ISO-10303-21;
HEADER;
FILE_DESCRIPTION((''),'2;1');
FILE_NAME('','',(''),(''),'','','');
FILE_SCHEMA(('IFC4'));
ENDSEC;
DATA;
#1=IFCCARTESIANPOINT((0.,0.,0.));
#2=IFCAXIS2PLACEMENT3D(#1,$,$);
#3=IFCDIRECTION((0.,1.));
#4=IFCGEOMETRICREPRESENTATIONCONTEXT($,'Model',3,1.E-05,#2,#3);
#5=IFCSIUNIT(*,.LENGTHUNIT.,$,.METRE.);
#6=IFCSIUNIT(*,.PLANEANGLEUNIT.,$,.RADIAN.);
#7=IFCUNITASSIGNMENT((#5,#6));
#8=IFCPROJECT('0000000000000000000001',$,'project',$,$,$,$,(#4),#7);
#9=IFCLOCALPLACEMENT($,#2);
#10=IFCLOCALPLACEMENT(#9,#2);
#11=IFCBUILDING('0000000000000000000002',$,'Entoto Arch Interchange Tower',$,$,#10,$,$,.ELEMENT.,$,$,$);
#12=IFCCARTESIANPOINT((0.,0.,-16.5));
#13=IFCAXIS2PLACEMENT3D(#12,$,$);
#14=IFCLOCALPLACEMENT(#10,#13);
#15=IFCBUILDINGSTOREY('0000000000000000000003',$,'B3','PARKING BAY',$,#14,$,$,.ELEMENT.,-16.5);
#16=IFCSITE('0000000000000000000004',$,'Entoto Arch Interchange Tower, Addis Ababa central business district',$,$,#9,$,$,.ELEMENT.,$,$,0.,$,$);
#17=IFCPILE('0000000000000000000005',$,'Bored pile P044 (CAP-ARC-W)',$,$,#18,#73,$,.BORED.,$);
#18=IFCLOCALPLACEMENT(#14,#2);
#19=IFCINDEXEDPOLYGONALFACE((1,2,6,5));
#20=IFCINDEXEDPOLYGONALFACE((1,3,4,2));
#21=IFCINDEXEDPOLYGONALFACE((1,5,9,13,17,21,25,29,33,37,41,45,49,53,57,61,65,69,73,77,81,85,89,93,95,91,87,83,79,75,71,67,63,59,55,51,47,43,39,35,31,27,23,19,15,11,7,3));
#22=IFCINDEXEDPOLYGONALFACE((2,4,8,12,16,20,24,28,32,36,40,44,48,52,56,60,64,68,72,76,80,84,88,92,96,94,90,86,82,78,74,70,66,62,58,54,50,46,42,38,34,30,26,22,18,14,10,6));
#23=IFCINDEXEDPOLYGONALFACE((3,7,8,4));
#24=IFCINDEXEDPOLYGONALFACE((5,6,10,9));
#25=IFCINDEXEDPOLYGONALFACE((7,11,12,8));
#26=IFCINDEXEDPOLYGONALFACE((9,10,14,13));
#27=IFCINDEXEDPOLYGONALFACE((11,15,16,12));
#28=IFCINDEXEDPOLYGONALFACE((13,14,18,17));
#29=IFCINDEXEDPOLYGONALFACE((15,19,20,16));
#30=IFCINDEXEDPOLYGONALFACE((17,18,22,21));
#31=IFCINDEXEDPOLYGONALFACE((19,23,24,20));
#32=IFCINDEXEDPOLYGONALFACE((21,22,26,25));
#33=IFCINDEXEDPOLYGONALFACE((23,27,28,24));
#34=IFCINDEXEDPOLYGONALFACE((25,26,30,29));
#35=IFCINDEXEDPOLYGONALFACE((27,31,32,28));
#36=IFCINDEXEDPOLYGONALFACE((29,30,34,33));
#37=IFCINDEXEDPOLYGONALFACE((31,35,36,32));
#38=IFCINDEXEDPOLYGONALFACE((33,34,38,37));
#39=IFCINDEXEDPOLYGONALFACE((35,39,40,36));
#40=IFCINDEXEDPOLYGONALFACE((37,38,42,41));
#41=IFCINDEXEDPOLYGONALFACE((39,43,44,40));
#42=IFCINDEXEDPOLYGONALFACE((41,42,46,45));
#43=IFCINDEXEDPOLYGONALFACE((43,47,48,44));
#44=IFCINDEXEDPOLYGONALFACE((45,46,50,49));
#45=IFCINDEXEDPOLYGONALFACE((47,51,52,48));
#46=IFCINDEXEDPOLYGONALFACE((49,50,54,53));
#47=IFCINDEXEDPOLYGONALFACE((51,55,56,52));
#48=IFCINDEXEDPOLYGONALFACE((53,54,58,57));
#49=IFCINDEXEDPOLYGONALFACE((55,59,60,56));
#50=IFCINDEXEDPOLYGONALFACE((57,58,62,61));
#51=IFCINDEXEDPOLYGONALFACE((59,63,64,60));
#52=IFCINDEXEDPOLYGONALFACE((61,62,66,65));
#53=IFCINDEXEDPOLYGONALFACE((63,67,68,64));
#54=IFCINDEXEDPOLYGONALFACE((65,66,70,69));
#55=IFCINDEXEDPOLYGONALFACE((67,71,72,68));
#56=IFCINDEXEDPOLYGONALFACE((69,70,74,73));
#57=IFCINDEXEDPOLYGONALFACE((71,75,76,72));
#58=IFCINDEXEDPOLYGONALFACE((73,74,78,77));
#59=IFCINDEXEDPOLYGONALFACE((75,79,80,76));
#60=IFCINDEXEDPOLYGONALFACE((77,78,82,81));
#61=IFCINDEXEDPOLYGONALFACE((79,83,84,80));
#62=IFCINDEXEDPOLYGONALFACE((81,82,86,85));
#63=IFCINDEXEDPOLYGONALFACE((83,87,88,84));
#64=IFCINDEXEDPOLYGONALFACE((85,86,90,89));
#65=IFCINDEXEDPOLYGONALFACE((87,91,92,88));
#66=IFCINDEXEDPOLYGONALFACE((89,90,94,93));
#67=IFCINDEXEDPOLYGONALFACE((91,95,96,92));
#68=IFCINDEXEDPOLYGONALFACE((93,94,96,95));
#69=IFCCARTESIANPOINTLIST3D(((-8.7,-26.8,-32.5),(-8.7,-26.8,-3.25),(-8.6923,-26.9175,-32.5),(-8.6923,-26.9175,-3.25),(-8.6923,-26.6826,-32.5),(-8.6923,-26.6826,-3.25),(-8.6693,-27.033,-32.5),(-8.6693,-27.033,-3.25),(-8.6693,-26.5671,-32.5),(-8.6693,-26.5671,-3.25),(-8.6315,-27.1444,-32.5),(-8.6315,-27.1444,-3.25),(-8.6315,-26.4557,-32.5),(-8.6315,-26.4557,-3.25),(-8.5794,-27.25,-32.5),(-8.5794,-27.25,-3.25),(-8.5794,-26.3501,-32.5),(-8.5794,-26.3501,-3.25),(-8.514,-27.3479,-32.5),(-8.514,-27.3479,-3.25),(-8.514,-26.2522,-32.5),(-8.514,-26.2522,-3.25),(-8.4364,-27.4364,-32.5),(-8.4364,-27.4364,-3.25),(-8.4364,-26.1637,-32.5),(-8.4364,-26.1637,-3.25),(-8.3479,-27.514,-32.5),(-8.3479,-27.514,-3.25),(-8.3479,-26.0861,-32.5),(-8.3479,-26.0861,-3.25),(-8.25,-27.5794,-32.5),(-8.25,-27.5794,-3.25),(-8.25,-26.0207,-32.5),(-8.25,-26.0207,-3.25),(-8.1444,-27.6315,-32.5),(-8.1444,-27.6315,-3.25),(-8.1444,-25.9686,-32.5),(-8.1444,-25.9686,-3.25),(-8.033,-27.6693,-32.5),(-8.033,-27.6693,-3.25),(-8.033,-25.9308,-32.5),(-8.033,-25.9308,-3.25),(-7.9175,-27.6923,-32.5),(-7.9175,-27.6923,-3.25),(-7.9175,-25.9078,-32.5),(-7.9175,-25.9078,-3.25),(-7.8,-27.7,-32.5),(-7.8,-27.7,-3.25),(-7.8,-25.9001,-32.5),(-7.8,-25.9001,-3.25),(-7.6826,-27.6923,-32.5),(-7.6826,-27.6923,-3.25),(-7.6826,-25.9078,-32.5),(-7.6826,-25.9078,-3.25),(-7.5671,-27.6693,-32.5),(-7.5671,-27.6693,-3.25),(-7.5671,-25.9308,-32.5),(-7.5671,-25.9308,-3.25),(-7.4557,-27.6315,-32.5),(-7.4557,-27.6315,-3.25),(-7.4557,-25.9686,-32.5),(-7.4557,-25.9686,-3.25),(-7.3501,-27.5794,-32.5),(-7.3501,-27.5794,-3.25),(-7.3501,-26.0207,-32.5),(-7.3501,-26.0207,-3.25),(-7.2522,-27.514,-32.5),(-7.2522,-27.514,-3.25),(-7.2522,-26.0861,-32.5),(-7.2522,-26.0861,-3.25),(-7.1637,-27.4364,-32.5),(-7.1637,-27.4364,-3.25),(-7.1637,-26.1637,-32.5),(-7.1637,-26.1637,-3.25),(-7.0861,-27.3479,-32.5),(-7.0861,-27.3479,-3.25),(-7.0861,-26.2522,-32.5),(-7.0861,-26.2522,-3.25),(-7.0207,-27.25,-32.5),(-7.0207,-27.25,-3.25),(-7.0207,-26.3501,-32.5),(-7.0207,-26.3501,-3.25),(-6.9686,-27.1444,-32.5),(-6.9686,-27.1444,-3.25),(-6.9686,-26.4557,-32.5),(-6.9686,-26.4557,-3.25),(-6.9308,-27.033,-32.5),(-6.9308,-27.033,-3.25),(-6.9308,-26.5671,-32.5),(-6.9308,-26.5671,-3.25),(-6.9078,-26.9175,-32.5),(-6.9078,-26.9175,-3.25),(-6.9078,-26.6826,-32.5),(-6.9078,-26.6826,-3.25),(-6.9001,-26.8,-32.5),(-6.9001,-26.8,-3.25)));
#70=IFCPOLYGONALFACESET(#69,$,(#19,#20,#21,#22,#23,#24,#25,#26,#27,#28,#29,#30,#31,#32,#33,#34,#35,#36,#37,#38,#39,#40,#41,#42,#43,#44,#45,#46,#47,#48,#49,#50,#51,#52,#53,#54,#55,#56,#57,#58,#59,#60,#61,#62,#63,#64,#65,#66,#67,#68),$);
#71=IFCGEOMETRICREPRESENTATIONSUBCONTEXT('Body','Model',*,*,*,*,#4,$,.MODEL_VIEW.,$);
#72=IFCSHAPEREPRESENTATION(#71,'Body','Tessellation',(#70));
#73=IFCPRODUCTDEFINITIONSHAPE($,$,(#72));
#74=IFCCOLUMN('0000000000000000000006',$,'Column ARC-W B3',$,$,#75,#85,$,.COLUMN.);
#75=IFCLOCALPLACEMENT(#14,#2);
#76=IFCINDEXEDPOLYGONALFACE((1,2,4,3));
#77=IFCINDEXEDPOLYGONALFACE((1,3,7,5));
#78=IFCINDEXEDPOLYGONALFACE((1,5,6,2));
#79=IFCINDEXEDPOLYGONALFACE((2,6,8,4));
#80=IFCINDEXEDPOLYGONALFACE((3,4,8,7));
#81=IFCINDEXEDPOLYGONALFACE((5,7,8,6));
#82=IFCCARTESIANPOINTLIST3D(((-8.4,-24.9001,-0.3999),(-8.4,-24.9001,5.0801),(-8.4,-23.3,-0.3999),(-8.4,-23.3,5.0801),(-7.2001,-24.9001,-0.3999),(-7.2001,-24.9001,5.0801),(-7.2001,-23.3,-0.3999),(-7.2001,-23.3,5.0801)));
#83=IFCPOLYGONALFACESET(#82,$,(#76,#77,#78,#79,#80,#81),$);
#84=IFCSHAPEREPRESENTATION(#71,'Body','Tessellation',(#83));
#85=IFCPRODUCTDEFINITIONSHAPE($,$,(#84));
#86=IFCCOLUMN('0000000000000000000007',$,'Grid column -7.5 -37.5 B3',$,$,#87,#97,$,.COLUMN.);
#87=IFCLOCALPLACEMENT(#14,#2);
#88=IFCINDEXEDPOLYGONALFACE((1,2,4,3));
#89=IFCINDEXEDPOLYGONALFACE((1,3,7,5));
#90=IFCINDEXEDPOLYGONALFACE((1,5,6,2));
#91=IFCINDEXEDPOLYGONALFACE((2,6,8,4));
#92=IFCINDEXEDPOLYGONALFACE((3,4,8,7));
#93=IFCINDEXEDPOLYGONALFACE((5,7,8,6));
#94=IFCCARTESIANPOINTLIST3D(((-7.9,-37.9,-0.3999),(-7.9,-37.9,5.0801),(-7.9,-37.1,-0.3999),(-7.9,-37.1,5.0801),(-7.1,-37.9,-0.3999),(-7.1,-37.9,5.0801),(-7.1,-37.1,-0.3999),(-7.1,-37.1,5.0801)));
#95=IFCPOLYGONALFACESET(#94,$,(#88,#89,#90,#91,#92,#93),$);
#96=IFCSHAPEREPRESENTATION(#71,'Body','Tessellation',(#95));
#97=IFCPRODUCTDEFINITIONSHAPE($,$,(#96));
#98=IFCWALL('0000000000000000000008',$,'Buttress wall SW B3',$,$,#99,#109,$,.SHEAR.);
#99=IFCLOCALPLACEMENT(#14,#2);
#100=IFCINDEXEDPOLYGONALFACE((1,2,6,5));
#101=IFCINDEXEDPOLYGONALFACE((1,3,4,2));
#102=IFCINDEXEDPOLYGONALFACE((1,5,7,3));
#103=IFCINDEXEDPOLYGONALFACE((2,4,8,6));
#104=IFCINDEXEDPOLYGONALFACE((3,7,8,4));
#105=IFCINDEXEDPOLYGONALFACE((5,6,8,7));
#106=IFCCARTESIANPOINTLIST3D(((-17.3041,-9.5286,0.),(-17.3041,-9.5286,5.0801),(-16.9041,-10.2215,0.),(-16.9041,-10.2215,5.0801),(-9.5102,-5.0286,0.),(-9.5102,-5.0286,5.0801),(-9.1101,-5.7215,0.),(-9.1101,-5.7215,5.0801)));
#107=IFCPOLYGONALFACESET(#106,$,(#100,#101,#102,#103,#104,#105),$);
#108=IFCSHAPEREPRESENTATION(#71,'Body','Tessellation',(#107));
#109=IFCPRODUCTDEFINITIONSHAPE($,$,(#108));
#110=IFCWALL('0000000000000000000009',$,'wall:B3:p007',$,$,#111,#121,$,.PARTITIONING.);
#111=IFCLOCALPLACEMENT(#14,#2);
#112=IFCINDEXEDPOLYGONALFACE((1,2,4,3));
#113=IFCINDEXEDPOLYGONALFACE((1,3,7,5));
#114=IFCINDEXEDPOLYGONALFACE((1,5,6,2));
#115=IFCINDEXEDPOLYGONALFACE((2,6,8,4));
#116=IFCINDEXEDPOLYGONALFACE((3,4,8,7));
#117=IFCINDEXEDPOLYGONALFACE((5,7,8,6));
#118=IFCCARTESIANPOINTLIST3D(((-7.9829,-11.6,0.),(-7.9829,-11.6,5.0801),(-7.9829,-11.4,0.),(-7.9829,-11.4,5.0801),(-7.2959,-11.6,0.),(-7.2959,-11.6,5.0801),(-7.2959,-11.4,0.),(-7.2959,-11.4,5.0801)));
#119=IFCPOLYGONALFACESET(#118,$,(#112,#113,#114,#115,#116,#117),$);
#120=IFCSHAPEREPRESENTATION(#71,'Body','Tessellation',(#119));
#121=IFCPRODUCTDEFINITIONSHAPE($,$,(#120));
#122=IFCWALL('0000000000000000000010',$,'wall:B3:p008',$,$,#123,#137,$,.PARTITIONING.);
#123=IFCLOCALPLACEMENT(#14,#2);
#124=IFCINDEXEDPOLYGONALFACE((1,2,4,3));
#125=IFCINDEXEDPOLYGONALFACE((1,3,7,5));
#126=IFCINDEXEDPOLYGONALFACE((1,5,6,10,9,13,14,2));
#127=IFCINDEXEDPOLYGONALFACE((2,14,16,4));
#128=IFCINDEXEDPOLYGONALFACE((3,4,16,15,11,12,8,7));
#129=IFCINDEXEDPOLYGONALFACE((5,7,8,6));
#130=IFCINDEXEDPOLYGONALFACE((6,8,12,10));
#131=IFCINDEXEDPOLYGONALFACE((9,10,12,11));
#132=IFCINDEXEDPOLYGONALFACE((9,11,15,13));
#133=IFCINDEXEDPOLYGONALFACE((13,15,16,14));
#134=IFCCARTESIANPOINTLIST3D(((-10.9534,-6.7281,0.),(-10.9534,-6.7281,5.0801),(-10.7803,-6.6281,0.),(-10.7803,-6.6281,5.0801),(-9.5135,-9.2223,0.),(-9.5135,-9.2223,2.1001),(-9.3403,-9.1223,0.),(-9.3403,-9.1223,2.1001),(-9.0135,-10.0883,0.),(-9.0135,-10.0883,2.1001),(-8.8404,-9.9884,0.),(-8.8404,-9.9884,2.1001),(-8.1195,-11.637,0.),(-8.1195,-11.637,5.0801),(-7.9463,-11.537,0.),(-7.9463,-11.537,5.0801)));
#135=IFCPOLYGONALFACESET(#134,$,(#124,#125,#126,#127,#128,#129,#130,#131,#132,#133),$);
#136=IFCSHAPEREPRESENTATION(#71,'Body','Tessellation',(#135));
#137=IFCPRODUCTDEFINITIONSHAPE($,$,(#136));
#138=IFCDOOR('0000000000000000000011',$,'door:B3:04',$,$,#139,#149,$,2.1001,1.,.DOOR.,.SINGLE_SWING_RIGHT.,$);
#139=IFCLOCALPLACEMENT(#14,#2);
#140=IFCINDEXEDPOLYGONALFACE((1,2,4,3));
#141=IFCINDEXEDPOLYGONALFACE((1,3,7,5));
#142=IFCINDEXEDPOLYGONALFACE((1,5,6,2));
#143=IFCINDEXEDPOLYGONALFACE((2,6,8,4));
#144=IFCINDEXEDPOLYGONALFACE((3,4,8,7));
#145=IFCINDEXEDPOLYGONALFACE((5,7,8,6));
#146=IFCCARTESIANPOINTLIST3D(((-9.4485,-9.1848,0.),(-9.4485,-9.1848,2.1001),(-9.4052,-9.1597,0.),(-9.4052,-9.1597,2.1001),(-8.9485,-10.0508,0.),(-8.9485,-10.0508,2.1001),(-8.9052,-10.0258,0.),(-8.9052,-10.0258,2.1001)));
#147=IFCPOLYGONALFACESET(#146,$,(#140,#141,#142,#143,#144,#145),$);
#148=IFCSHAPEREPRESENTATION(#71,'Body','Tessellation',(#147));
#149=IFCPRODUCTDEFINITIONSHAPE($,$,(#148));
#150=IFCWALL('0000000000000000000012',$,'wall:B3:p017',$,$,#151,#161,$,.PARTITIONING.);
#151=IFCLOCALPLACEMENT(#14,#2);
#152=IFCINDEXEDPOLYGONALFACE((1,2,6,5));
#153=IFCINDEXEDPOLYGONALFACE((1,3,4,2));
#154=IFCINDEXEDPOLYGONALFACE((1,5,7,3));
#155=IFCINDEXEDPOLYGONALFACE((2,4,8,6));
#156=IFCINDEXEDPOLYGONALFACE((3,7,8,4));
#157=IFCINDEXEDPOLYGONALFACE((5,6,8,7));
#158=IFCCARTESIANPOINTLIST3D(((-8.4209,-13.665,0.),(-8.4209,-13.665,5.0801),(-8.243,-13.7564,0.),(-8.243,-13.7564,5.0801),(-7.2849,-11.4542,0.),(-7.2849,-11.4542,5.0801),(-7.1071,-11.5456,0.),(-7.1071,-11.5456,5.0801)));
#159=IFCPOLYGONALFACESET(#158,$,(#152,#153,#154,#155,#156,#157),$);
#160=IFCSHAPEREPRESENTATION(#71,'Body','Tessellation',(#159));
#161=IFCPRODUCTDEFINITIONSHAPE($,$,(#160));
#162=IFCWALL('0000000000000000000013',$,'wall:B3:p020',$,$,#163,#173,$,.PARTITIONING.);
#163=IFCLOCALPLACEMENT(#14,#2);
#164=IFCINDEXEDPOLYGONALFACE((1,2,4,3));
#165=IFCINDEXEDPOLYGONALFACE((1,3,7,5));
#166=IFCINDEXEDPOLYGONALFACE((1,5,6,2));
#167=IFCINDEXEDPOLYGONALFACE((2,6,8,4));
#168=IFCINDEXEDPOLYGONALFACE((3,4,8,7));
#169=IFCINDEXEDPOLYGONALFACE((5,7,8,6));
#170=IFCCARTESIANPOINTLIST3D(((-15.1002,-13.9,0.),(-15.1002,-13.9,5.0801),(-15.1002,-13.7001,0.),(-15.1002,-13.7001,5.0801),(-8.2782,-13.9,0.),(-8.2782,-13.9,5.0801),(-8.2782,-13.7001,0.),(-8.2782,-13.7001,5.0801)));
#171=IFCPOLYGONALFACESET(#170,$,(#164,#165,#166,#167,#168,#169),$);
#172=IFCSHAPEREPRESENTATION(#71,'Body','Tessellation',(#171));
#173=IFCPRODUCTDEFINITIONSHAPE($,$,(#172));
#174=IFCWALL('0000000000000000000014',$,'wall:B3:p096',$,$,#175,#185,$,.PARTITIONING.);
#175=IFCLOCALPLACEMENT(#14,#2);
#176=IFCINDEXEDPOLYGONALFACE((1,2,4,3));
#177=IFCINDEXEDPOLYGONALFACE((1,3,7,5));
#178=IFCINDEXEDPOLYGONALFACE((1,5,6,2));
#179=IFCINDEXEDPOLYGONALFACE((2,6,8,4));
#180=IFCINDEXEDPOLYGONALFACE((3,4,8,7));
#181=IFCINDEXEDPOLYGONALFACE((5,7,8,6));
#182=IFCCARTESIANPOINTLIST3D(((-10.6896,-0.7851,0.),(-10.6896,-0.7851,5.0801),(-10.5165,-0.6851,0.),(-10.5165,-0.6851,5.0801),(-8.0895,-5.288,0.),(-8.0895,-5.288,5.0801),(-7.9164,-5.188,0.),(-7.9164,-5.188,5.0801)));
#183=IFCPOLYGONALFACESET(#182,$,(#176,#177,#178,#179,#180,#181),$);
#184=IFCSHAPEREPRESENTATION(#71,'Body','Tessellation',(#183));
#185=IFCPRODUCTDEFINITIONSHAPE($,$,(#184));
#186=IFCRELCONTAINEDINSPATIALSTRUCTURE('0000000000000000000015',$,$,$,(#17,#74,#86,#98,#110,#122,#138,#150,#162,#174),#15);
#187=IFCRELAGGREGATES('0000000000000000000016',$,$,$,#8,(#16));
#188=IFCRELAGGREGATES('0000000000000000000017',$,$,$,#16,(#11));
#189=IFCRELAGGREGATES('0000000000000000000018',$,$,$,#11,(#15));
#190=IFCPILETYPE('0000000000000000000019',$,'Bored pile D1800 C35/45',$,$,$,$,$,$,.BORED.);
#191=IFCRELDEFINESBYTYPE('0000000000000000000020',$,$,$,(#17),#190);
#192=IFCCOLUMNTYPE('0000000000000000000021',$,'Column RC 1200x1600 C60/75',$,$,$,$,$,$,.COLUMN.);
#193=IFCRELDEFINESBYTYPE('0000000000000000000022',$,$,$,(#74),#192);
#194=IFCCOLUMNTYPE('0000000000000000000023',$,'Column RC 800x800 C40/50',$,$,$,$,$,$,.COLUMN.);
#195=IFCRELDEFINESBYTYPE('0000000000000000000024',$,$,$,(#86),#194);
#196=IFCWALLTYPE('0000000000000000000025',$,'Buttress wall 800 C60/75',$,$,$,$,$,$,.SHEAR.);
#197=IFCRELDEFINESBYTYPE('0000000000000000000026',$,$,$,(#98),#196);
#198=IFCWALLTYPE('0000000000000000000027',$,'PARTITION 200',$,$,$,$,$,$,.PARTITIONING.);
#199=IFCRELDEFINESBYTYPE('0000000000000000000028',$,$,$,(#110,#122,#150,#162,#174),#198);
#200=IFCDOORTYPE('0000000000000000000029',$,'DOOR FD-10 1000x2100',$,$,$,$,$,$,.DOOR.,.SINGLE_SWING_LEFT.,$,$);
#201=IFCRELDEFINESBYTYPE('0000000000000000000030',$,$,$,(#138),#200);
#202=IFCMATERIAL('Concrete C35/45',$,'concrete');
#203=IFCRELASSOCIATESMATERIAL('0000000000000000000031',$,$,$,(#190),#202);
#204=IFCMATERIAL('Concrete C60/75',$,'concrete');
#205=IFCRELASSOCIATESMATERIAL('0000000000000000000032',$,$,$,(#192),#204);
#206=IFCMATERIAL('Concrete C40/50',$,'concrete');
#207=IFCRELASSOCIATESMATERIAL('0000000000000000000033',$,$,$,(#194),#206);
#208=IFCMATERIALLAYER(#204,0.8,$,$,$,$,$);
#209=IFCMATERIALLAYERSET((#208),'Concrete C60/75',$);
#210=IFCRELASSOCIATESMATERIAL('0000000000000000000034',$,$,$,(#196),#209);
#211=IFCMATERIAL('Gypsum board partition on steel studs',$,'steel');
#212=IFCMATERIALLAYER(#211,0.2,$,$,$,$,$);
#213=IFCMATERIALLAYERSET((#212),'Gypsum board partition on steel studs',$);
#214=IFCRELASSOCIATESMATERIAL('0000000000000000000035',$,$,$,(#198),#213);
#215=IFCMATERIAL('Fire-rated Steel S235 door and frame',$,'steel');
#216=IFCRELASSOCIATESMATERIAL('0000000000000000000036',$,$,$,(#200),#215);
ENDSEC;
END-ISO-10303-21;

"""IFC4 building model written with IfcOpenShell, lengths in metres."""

from ifc_helpers import new_model, si_unit, direction, frame, frame_2d, origin, origin_2d, place, context, subcontext, project, spatial, rectangle, circle, extrude, material, layer, layer_set, material_profile, profile_set, type_object, element, fill, save


model = new_model("IFC4")

# Units and contexts
model_context = context("Model", 3, precision=1e-05, world=origin(), true_north=direction((0.0, 1.0)))
body_context = subcontext(model_context, "Body", "Model", "MODEL_VIEW")
ifc_project = project(units=[si_unit("LENGTHUNIT", "METRE"), si_unit("PLANEANGLEUNIT", "RADIAN")], contexts=[model_context])

# Site, building, storey
site_placement = place(None, origin())
site = spatial("IfcSite", under=ifc_project, at=site_placement, Name="Entoto Arch Interchange Tower, Addis Ababa central business district", CompositionType="ELEMENT", RefElevation=0.0)
building_placement = place(site_placement, origin())
building = spatial("IfcBuilding", under=site, at=building_placement, Name="Entoto Arch Interchange Tower", CompositionType="ELEMENT")
storey_placement = place(building_placement, frame((0.0, 0.0, -16.5)))
storey = spatial("IfcBuildingStorey", under=building, at=storey_placement, Name="B3", Description="PARKING BAY", CompositionType="ELEMENT", Elevation=-16.5)

# Pile
ifc_material_1 = material(Name="Concrete C35/45", Category="concrete")
ifc_material_profile_1 = material_profile(ifc_material_1, circle(Radius=0.8999, at=origin_2d()))
ifc_profile_set_1 = profile_set([ifc_material_profile_1], Name="Concrete C35/45")
pile_type = type_object("IfcPileType", Name="Bored pile D1800 C35/45", PredefinedType="BORED", material=ifc_profile_set_1)
for number, where, z_axis, x_axis, name in (
    (1, (-7.8, -26.8, -3.25), (0.0, 0.0, -1.0), (1.0, 0.0, 0.0), "Bored pile P044 (CAP-ARC-W)"),
):
    element("IfcPile", number, at=place(storey_placement, frame(where, z_axis=z_axis, x_axis=x_axis)), inside=storey, type_object=pile_type, Name=name, PredefinedType="BORED", context=body_context, shape_type="SweptSolid", body=[
        extrude(circle(Radius=0.8999, at=origin_2d()), origin(), (0.0, 0.0, 1.0), 29.25),
    ])

# Columns
ifc_material_2 = material(Name="Concrete C60/75", Category="concrete")
ifc_material_profile_2 = material_profile(ifc_material_2, rectangle(XDim=1.2, YDim=1.6001, at=origin_2d()))
ifc_profile_set_2 = profile_set([ifc_material_profile_2], Name="Concrete C60/75")
column_type_1 = type_object("IfcColumnType", Name="Column RC 1200x1600 C60/75", PredefinedType="COLUMN", material=ifc_profile_set_2)
column_1_placement = place(storey_placement, frame((-7.8, -24.1001, -0.3999), z_axis=(0.0, 0.0, 1.0), x_axis=(1.0, 0.0, 0.0)))
element("IfcColumn", 2, at=column_1_placement, inside=storey, type_object=column_type_1, Name="Column ARC-W B3", PredefinedType="COLUMN", context=body_context, shape_type="SweptSolid", body=[
    extrude(rectangle(XDim=1.2, YDim=1.6001, at=origin_2d()), origin(), (0.0, 0.0, 1.0), 5.48),
])
ifc_material_3 = material(Name="Concrete C40/50", Category="concrete")
ifc_material_profile_3 = material_profile(ifc_material_3, rectangle(XDim=0.8, YDim=0.8, at=origin_2d()))
ifc_profile_set_3 = profile_set([ifc_material_profile_3], Name="Concrete C40/50")
column_type_2 = type_object("IfcColumnType", Name="Column RC 800x800 C40/50", PredefinedType="COLUMN", material=ifc_profile_set_3)
column_2_placement = place(storey_placement, frame((-7.5, -37.5, -0.3999), z_axis=(0.0, 0.0, 1.0), x_axis=(1.0, 0.0, 0.0)))
element("IfcColumn", 3, at=column_2_placement, inside=storey, type_object=column_type_2, Name="Grid column -7.5 -37.5 B3", PredefinedType="COLUMN", context=body_context, shape_type="SweptSolid", body=[
    extrude(rectangle(XDim=0.8, YDim=0.8, at=origin_2d()), origin(), (0.0, 0.0, 1.0), 5.48),
])

# Walls
ifc_layer_1 = layer(ifc_material_2, 0.8)
ifc_layer_set_1 = layer_set([ifc_layer_1], Name="Concrete C60/75")
wall_type_1 = type_object("IfcWallType", Name="Buttress wall 800 C60/75", PredefinedType="SHEAR", material=ifc_layer_set_1)
wall_1_placement = place(storey_placement, frame((-9.3101, -5.375, 0.0), z_axis=(0.0, 0.0, 1.0), x_axis=(-0.866018, -0.500014, 0.0)))
element("IfcWall", 4, at=wall_1_placement, inside=storey, type_object=wall_type_1, Name="Buttress wall SW B3", PredefinedType="SHEAR", context=body_context, shape_type="SweptSolid", body=[
    extrude(rectangle(XDim=8.9998, YDim=0.8, at=frame_2d((4.5, 0.0))), origin(), (0.0, 0.0, 1.0), 5.0801),
])
ifc_material_4 = material(Name="Gypsum board partition on steel studs", Category="steel")
ifc_layer_2 = layer(ifc_material_4, 0.2)
ifc_layer_set_2 = layer_set([ifc_layer_2], Name="Gypsum board partition on steel studs")
wall_type_2 = type_object("IfcWallType", Name="PARTITION 200", PredefinedType="PARTITIONING", material=ifc_layer_set_2)
wall_2_placement = place(storey_placement, frame((-7.2959, -11.5, 0.0), z_axis=(0.0, 0.0, 1.0), x_axis=(-1.0, 0.0, 0.0)))
element("IfcWall", 5, at=wall_2_placement, inside=storey, type_object=wall_type_2, Name="wall:B3:p007", PredefinedType="PARTITIONING", context=body_context, shape_type="SweptSolid", body=[
    extrude(rectangle(XDim=0.687, YDim=0.2, at=frame_2d((0.3435, 0.0))), origin(), (0.0, 0.0, 1.0), 5.0801),
])

# Wall, opening, door
wall_3_placement = place(storey_placement, frame((-8.033, -11.5869, 0.0), z_axis=(0.0, 0.0, 1.0), x_axis=(-0.499975, 0.86604, 0.0)))
wall_3 = element("IfcWall", 6, at=wall_3_placement, inside=storey, type_object=wall_type_2, Name="wall:B3:p008", PredefinedType="PARTITIONING", context=body_context, shape_type="SweptSolid", body=[
    extrude(rectangle(XDim=5.6682, YDim=0.2, at=frame_2d((2.834, 0.0))), origin(), (0.0, 0.0, 1.0), 5.0801),
])
opening_placement = place(wall_3_placement, frame((1.7881, 0.0, 0.0)))
opening = element("IfcOpeningElement", 7, at=opening_placement, cuts=wall_3, PredefinedType="OPENING", context=body_context, shape_type="SweptSolid", body=[
    extrude(rectangle(XDim=1.0, YDim=2.1001, at=frame_2d((0.5, 1.05))), frame((0.0, 0.1099, 0.0), z_axis=(0.0, -1.0, 0.0), x_axis=(1.0, 0.0, 0.0)), (0.0, 0.0, 1.0), 0.22),
])
ifc_material_5 = material(Name="Fire-rated Steel S235 door and frame", Category="steel")
door_type = type_object("IfcDoorType", Name="DOOR FD-10 1000x2100", OperationType="SINGLE_SWING_LEFT", PredefinedType="DOOR", material=ifc_material_5)
door_placement = place(opening_placement, origin())
door = element("IfcDoor", 8, at=door_placement, inside=storey, type_object=door_type, Name="door:B3:04", OperationType="SINGLE_SWING_RIGHT", OverallHeight=2.1001, OverallWidth=1.0, PredefinedType="DOOR", context=body_context, shape_type="SweptSolid", body=[
    extrude(rectangle(XDim=1.0, YDim=2.1001, at=frame_2d((0.5, 1.05))), frame((0.0, 0.0249, 0.0), z_axis=(0.0, -1.0, 0.0), x_axis=(1.0, 0.0, 0.0)), (0.0, 0.0, 1.0), 0.05),
])
fill(opening, door)

# Walls
wall_4_placement = place(storey_placement, frame((-7.196, -11.5, 0.0), z_axis=(0.0, 0.0, 1.0), x_axis=(-0.457008, -0.889462, 0.0)))
element("IfcWall", 9, at=wall_4_placement, inside=storey, type_object=wall_type_2, Name="wall:B3:p017", PredefinedType="PARTITIONING", context=body_context, shape_type="SweptSolid", body=[
    extrude(rectangle(XDim=2.4856, YDim=0.2, at=frame_2d((1.2427, 0.0))), origin(), (0.0, 0.0, 1.0), 5.0801),
])
wall_5_placement = place(storey_placement, frame((-8.2781, -13.8, 0.0), z_axis=(0.0, 0.0, 1.0), x_axis=(-1.0, 0.0, 0.0)))
element("IfcWall", 10, at=wall_5_placement, inside=storey, type_object=wall_type_2, Name="wall:B3:p020", PredefinedType="PARTITIONING", context=body_context, shape_type="SweptSolid", body=[
    extrude(rectangle(XDim=6.822, YDim=0.2, at=frame_2d((3.4111, 0.0))), origin(), (0.0, 0.0, 1.0), 5.0801),
])
wall_6_placement = place(storey_placement, frame((-8.0029, -5.238, 0.0), z_axis=(0.0, 0.0, 1.0), x_axis=(-0.500048, 0.865998, 0.0)))
element("IfcWall", 11, at=wall_6_placement, inside=storey, type_object=wall_type_2, Name="wall:B3:p096", PredefinedType="PARTITIONING", context=body_context, shape_type="SweptSolid", body=[
    extrude(rectangle(XDim=5.1997, YDim=0.2, at=frame_2d((2.5999, 0.0))), origin(), (0.0, 0.0, 1.0), 5.0801),
])

save(model, "model.ifc")
